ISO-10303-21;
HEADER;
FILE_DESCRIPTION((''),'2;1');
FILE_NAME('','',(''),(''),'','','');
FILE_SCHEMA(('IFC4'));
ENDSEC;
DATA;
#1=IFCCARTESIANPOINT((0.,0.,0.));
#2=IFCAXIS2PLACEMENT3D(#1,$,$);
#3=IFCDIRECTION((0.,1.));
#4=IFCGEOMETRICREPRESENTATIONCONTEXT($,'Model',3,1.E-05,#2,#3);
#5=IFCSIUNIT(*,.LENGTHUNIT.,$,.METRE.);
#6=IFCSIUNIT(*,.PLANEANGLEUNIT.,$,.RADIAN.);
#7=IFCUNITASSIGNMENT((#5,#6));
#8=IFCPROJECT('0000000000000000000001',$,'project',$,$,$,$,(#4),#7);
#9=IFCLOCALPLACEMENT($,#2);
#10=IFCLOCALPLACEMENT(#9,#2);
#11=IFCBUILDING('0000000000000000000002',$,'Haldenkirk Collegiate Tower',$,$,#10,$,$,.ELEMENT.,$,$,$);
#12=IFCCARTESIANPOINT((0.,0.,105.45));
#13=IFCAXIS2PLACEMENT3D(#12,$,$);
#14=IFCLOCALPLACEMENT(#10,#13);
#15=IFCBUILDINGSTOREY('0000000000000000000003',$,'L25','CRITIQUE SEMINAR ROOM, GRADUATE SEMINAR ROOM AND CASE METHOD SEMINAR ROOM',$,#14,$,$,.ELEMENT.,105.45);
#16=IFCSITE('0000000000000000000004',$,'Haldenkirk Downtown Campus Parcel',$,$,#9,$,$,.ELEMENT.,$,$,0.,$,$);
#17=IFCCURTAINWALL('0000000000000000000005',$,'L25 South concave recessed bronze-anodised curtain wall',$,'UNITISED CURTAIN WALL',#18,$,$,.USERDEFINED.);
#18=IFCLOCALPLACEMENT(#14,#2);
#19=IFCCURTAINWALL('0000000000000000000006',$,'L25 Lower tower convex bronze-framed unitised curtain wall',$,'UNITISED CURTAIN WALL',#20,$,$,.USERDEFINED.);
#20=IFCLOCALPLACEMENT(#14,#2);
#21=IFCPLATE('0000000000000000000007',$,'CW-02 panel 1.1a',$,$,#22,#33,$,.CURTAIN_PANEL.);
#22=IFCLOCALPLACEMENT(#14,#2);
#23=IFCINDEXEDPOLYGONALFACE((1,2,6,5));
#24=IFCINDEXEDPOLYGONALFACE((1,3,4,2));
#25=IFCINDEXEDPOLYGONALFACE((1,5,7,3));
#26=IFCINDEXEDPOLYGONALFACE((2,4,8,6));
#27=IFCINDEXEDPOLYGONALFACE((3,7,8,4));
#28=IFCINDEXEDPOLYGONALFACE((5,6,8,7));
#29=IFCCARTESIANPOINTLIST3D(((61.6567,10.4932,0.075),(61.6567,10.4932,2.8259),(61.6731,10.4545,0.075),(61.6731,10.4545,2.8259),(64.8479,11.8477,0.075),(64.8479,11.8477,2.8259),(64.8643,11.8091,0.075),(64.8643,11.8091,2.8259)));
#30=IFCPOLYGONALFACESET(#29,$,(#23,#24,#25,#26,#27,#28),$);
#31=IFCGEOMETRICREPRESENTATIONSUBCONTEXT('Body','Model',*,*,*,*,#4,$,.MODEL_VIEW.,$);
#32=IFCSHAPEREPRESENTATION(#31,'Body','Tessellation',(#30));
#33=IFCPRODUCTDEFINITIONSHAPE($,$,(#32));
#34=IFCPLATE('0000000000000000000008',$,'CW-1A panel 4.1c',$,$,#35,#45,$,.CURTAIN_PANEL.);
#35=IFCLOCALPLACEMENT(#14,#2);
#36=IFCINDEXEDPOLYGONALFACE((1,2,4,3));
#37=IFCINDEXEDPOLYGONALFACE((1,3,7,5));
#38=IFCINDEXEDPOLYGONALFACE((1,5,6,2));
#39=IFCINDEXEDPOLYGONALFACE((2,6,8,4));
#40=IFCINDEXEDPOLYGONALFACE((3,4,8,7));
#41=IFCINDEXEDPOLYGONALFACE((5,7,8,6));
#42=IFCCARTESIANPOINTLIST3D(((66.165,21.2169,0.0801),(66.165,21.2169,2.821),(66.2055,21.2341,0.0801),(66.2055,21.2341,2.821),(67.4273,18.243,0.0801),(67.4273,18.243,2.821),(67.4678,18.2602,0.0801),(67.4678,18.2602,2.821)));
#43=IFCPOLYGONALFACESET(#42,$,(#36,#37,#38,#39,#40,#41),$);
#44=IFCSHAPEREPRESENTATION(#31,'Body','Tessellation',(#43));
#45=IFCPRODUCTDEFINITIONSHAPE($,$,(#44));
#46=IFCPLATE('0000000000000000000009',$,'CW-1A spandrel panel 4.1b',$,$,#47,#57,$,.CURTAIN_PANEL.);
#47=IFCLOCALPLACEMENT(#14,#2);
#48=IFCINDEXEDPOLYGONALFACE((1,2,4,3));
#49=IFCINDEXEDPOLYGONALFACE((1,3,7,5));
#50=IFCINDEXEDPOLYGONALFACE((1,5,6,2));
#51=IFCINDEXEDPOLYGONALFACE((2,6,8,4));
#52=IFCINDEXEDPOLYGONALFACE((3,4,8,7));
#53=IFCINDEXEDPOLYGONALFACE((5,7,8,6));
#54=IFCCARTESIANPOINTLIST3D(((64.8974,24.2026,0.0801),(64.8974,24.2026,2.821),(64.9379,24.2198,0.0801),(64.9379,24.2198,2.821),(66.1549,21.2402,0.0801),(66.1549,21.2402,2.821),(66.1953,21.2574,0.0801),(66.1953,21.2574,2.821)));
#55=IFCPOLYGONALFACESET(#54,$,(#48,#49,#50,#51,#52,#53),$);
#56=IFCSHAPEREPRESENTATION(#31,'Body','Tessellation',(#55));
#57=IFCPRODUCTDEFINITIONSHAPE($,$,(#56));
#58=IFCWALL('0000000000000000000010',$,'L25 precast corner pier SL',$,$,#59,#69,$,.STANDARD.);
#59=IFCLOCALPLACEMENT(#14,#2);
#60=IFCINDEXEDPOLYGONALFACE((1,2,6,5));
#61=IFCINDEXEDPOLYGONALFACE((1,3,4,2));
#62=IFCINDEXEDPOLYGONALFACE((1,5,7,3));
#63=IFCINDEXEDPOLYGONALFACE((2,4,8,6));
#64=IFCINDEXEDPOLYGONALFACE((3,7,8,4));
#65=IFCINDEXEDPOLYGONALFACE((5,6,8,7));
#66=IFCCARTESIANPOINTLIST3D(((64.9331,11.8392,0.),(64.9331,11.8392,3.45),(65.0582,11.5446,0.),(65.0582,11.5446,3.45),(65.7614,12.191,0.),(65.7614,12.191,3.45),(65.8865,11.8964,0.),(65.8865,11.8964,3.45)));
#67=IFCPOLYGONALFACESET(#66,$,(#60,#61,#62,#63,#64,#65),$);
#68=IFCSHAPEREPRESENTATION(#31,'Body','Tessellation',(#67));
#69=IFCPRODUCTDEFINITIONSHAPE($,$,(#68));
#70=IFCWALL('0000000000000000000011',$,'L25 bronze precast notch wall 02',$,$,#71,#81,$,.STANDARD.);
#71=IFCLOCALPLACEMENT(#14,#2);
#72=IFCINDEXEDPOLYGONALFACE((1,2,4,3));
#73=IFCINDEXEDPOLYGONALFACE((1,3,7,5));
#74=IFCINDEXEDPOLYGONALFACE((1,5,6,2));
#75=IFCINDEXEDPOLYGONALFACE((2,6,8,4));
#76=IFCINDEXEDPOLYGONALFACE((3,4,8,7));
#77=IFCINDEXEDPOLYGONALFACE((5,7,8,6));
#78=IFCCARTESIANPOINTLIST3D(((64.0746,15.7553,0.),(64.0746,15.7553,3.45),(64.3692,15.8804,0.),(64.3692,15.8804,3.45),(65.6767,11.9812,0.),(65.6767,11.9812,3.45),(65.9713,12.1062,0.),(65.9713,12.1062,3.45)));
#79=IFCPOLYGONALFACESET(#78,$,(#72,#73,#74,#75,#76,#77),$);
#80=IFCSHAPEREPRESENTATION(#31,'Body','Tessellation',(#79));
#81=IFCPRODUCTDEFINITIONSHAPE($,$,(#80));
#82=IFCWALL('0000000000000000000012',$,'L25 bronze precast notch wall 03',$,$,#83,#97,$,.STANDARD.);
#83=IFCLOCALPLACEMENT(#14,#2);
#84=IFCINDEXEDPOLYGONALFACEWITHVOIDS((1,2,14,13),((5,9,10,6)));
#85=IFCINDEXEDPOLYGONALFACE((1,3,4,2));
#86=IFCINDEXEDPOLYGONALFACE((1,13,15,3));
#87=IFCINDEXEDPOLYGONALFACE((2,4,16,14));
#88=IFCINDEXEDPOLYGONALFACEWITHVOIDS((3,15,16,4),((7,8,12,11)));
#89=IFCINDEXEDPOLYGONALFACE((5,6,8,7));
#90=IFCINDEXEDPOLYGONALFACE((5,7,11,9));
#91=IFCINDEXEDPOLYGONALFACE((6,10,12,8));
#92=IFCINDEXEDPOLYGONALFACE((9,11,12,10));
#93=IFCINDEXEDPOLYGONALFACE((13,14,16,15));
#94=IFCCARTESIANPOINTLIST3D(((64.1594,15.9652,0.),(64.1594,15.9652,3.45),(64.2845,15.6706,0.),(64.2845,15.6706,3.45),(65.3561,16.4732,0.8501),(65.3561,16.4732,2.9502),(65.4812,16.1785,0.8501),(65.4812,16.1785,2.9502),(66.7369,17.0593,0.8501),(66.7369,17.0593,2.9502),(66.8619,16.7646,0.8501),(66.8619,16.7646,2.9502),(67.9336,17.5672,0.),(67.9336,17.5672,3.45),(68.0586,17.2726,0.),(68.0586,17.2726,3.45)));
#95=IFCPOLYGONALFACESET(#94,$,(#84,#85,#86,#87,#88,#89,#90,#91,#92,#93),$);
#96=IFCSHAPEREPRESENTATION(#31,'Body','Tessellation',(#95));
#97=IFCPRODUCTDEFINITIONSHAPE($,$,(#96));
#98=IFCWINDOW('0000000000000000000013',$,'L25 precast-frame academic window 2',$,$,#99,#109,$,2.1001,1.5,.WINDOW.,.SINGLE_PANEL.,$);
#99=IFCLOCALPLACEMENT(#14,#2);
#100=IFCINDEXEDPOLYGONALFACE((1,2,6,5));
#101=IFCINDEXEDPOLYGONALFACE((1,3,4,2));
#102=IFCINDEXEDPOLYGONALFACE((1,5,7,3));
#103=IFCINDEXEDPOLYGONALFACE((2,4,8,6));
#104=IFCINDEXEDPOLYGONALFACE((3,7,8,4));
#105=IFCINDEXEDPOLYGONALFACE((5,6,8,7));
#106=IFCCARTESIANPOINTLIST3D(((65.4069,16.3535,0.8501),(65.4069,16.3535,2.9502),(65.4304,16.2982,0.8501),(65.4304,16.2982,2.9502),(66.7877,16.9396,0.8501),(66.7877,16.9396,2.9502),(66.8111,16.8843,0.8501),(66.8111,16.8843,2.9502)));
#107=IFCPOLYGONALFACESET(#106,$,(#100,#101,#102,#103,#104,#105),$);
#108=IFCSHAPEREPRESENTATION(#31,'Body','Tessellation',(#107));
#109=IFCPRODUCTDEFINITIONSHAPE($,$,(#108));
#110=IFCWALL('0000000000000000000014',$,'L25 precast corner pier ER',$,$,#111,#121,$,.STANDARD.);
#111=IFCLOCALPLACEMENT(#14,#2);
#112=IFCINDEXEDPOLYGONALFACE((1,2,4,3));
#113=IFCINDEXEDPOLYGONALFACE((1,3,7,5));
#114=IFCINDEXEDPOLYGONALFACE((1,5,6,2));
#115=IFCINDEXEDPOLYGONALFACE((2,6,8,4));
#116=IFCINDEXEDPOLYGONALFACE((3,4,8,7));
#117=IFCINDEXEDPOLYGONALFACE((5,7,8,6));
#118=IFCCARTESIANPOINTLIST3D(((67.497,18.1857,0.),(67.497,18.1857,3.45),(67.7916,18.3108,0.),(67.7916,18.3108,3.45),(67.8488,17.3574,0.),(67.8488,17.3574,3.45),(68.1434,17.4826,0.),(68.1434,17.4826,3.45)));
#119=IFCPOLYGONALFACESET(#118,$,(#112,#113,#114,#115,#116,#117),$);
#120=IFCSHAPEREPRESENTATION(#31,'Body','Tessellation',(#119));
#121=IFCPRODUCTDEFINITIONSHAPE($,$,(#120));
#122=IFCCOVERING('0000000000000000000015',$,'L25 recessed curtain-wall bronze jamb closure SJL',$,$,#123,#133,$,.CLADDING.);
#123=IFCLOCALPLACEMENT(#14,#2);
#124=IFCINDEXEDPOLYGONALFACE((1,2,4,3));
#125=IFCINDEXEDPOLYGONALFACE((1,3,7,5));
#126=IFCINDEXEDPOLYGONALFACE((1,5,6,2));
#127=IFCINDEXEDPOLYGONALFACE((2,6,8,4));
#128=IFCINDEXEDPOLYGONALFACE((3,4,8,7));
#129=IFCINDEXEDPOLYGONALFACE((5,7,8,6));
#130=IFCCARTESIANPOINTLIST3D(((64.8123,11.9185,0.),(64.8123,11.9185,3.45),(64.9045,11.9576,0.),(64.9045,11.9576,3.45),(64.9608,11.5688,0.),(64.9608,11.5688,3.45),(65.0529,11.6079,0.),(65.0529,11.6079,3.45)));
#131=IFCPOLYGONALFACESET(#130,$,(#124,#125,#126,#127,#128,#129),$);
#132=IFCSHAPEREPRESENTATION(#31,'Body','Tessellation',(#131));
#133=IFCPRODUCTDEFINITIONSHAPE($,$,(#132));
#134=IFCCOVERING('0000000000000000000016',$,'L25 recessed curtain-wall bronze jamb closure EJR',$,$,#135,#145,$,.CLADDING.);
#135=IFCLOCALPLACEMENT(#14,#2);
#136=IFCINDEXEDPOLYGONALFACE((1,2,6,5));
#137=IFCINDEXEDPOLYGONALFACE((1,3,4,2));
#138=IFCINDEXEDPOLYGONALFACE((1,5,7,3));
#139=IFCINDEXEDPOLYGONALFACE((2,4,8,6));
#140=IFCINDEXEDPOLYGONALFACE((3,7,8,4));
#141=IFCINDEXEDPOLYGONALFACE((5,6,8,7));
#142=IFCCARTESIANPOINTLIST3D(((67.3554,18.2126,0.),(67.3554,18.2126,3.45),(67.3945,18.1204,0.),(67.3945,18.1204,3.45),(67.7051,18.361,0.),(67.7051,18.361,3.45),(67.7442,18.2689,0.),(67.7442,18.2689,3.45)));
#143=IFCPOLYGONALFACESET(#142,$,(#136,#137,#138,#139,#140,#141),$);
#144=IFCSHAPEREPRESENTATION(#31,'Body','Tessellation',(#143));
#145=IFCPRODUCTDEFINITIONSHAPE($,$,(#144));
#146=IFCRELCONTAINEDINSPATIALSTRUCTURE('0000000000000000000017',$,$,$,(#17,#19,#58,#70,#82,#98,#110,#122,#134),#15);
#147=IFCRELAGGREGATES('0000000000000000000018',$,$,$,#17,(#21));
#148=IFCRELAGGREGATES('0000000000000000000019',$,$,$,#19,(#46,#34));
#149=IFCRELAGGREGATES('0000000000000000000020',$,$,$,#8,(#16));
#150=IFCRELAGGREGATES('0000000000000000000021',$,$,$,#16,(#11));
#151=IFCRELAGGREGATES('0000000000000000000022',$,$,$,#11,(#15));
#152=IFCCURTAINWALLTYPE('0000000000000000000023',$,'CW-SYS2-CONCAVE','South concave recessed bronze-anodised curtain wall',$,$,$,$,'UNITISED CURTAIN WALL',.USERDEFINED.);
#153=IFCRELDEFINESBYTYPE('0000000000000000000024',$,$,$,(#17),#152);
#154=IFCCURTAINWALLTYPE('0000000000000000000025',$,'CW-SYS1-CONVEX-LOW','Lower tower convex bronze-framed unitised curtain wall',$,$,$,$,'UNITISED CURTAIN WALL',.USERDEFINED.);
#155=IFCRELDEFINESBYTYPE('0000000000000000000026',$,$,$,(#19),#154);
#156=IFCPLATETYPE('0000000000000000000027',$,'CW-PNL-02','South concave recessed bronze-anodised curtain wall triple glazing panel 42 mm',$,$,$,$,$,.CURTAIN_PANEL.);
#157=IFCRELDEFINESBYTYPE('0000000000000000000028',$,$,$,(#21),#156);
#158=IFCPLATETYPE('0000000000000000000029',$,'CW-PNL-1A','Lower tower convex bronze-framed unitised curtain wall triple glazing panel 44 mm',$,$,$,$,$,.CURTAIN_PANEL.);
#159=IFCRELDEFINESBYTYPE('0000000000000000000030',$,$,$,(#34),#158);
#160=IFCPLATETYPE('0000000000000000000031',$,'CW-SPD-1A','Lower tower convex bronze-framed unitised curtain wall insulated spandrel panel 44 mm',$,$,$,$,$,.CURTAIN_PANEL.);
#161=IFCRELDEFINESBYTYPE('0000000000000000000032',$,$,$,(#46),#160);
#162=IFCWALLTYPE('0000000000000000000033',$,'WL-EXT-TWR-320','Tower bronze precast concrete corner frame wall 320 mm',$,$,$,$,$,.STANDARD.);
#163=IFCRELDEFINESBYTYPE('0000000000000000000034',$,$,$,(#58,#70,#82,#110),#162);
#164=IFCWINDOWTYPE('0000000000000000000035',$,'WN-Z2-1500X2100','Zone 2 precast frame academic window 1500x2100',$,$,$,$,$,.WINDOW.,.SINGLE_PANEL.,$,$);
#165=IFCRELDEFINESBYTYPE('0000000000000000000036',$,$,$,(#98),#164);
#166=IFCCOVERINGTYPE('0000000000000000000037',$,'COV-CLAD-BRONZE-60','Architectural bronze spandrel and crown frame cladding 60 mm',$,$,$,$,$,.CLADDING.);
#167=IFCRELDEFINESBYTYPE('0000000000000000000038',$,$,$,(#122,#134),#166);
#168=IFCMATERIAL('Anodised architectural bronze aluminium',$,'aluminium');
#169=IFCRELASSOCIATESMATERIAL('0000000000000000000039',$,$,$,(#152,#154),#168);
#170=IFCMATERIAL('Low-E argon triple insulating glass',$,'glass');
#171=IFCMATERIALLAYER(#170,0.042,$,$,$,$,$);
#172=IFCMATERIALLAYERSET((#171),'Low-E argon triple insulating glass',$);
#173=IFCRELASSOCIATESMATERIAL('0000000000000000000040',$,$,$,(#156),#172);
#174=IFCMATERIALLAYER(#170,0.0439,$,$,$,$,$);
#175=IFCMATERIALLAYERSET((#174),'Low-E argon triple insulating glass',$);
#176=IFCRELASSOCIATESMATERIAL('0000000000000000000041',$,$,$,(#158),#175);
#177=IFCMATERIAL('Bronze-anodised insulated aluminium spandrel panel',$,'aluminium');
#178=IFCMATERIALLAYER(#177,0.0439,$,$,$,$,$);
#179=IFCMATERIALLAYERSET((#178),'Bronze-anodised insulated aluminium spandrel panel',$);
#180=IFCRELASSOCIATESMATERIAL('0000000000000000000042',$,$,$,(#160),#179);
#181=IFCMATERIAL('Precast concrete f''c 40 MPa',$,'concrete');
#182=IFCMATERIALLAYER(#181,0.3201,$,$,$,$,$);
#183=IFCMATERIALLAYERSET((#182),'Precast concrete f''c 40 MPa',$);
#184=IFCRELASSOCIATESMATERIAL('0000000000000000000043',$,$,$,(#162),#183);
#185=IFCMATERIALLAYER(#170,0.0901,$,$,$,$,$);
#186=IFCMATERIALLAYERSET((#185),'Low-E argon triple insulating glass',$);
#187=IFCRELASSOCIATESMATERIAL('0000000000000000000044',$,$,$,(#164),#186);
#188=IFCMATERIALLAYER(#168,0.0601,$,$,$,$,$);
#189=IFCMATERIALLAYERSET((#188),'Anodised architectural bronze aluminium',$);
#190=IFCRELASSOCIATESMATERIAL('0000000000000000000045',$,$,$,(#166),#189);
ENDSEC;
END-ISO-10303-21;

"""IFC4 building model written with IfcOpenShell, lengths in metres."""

from ifc_helpers import new_model, si_unit, direction, frame, frame_2d, origin, origin_2d, place, context, subcontext, project, spatial, rectangle, extrude, source, transform, mapped, material, layer, layer_set, type_object, element, fill, aggregate, save


model = new_model("IFC4")

# Units and contexts
model_context = context("Model", 3, precision=1e-05, world=origin(), true_north=direction((0.0, 1.0)))
body_context = subcontext(model_context, "Body", "Model", "MODEL_VIEW")
ifc_project = project(units=[si_unit("LENGTHUNIT", "METRE"), si_unit("PLANEANGLEUNIT", "RADIAN")], contexts=[model_context])

# Site, building, storey
site_placement = place(None, origin())
site = spatial("IfcSite", under=ifc_project, at=site_placement, Name="Haldenkirk Downtown Campus Parcel", CompositionType="ELEMENT", RefElevation=0.0)
building_placement = place(site_placement, origin())
building = spatial("IfcBuilding", under=site, at=building_placement, Name="Haldenkirk Collegiate Tower", CompositionType="ELEMENT")
storey_placement = place(building_placement, frame((0.0, 0.0, 105.45)))
storey = spatial("IfcBuildingStorey", under=building, at=storey_placement, Name="L25", Description="CRITIQUE SEMINAR ROOM, GRADUATE SEMINAR ROOM AND CASE METHOD SEMINAR ROOM", CompositionType="ELEMENT", Elevation=105.45)

# Curtain walls
ifc_material_1 = material(Name="Anodised architectural bronze aluminium", Category="aluminium")
curtain_wall_type_1 = type_object("IfcCurtainWallType", Name="CW-SYS2-CONCAVE", Description="South concave recessed bronze-anodised curtain wall", ElementType="UNITISED CURTAIN WALL", PredefinedType="USERDEFINED", material=ifc_material_1)
curtain_wall_1_placement = place(storey_placement, origin())
curtain_wall_1 = element("IfcCurtainWall", 1, at=curtain_wall_1_placement, inside=storey, type_object=curtain_wall_type_1, Name="L25 South concave recessed bronze-anodised curtain wall", ObjectType="UNITISED CURTAIN WALL", PredefinedType="USERDEFINED")
curtain_wall_type_2 = type_object("IfcCurtainWallType", Name="CW-SYS1-CONVEX-LOW", Description="Lower tower convex bronze-framed unitised curtain wall", ElementType="UNITISED CURTAIN WALL", PredefinedType="USERDEFINED", material=ifc_material_1)
curtain_wall_2_placement = place(storey_placement, origin())
curtain_wall_2 = element("IfcCurtainWall", 2, at=curtain_wall_2_placement, inside=storey, type_object=curtain_wall_type_2, Name="L25 Lower tower convex bronze-framed unitised curtain wall", ObjectType="UNITISED CURTAIN WALL", PredefinedType="USERDEFINED")

# Plates
ifc_material_2 = material(Name="Low-E argon triple insulating glass", Category="glass")
ifc_layer_1 = layer(ifc_material_2, 0.042)
ifc_layer_set_1 = layer_set([ifc_layer_1], Name="Low-E argon triple insulating glass")
plate_type_1 = type_object("IfcPlateType", Name="CW-PNL-02", Description="South concave recessed bronze-anodised curtain wall triple glazing panel 42 mm", PredefinedType="CURTAIN_PANEL", material=ifc_layer_set_1)
shared_shape_1 = source(origin(), body_context, "Body", "SweptSolid", [
    extrude(rectangle(XDim=3.4668, YDim=0.042, at=origin_2d()), origin(), (0.0, 0.0, 1.0), 2.751),
])
plate_1_placement = place(storey_placement, frame((63.2605, 11.1511, 0.075), z_axis=(0.0, 0.0, 1.0), x_axis=(-0.920505, -0.390731, 0.0)))
plate_1 = element("IfcPlate", 3, at=plate_1_placement, type_object=plate_type_1, Name="CW-02 panel 1.1a", PredefinedType="CURTAIN_PANEL", context=body_context, shape_type="MappedRepresentation", body=[
    mapped(shared_shape_1, transform((0.0, 0.0, 0.0), x_axis=(1.0, 0.0, 0.0), y_axis=(0.0, 1.0, 0.0), z_axis=(0.0, 0.0, 1.0), scale=1.0)),
])
aggregate(curtain_wall_1, [plate_1])
ifc_layer_2 = layer(ifc_material_2, 0.0439)
ifc_layer_set_2 = layer_set([ifc_layer_2], Name="Low-E argon triple insulating glass")
plate_type_2 = type_object("IfcPlateType", Name="CW-PNL-1A", Description="Lower tower convex bronze-framed unitised curtain wall triple glazing panel 44 mm", PredefinedType="CURTAIN_PANEL", material=ifc_layer_set_2)
shared_shape_2 = source(origin(), body_context, "Body", "SweptSolid", [
    extrude(rectangle(XDim=3.2307, YDim=0.0439, at=origin_2d()), origin(), (0.0, 0.0, 1.0), 2.741),
])
plate_2_placement = place(storey_placement, frame((66.8164, 19.7385, 0.0801), z_axis=(0.0, 0.0, 1.0), x_axis=(0.39073, -0.920505, 0.0)))
plate_2 = element("IfcPlate", 4, at=plate_2_placement, type_object=plate_type_2, Name="CW-1A panel 4.1c", PredefinedType="CURTAIN_PANEL", context=body_context, shape_type="MappedRepresentation", body=[
    mapped(shared_shape_2, transform((0.0, 0.0, 0.0), x_axis=(1.0, 0.0, 0.0), y_axis=(0.0, 1.0, 0.0), z_axis=(0.0, 0.0, 1.0), scale=1.0)),
])
ifc_material_3 = material(Name="Bronze-anodised insulated aluminium spandrel panel", Category="aluminium")
ifc_layer_3 = layer(ifc_material_3, 0.0439)
ifc_layer_set_3 = layer_set([ifc_layer_3], Name="Bronze-anodised insulated aluminium spandrel panel")
plate_type_3 = type_object("IfcPlateType", Name="CW-SPD-1A", Description="Lower tower convex bronze-framed unitised curtain wall insulated spandrel panel 44 mm", PredefinedType="CURTAIN_PANEL", material=ifc_layer_set_3)
shared_shape_3 = source(origin(), body_context, "Body", "SweptSolid", [
    extrude(rectangle(XDim=3.2183, YDim=0.0439, at=origin_2d()), origin(), (0.0, 0.0, 1.0), 2.741),
])
plate_3_placement = place(storey_placement, frame((65.5464, 22.73, 0.0801), z_axis=(0.0, 0.0, 1.0), x_axis=(0.39073, -0.920505, 0.0)))
plate_3 = element("IfcPlate", 5, at=plate_3_placement, type_object=plate_type_3, Name="CW-1A spandrel panel 4.1b", PredefinedType="CURTAIN_PANEL", context=body_context, shape_type="MappedRepresentation", body=[
    mapped(shared_shape_3, transform((0.0, 0.0, 0.0), x_axis=(1.0, 0.0, 0.0), y_axis=(0.0, 1.0, 0.0), z_axis=(0.0, 0.0, 1.0), scale=1.0)),
])
aggregate(curtain_wall_2, [plate_3, plate_2])

# Walls
ifc_material_4 = material(Name="Precast concrete f'c 40 MPa", Category="concrete")
ifc_layer_4 = layer(ifc_material_4, 0.3201)
ifc_layer_set_4 = layer_set([ifc_layer_4], Name="Precast concrete f'c 40 MPa")
wall_type = type_object("IfcWallType", Name="WL-EXT-TWR-320", Description="Tower bronze precast concrete corner frame wall 320 mm", PredefinedType="STANDARD", material=ifc_layer_set_4)
wall_1_placement = place(storey_placement, frame((65.824, 12.0437, 0.0), z_axis=(0.0, 0.0, 1.0), x_axis=(-0.920431, -0.390905, 0.0)))
element("IfcWall", 6, at=wall_1_placement, inside=storey, type_object=wall_type, Name="L25 precast corner pier SL", PredefinedType="STANDARD", context=body_context, shape_type="SweptSolid", body=[
    extrude(rectangle(XDim=0.8999, YDim=0.3201, at=frame_2d((0.45, 0.0))), origin(), (0.0, 0.0, 1.0), 3.45),
])
wall_2_placement = place(storey_placement, frame((64.2219, 15.8179, 0.0), z_axis=(0.0, 0.0, 1.0), x_axis=(0.390733, -0.920504, 0.0)))
element("IfcWall", 7, at=wall_2_placement, inside=storey, type_object=wall_type, Name="L25 bronze precast notch wall 02", PredefinedType="STANDARD", context=body_context, shape_type="SweptSolid", body=[
    extrude(rectangle(XDim=4.1001, YDim=0.3201, at=frame_2d((2.05, 0.0))), origin(), (0.0, 0.0, 1.0), 3.45),
])

# Wall, opening, window
wall_3_placement = place(storey_placement, frame((67.9961, 17.4199, 0.0), z_axis=(0.0, 0.0, 1.0), x_axis=(-0.920504, -0.390733, 0.0)))
wall_3 = element("IfcWall", 8, at=wall_3_placement, inside=storey, type_object=wall_type, Name="L25 bronze precast notch wall 03", PredefinedType="STANDARD", context=body_context, shape_type="SweptSolid", body=[
    extrude(rectangle(XDim=4.1001, YDim=0.3201, at=frame_2d((2.05, 0.0))), origin(), (0.0, 0.0, 1.0), 3.45),
])
opening_placement = place(wall_3_placement, frame((1.3, 0.0, 0.8501)))
opening = element("IfcOpeningElement", 9, at=opening_placement, cuts=wall_3, PredefinedType="OPENING", context=body_context, shape_type="SweptSolid", body=[
    extrude(rectangle(XDim=1.5, YDim=2.1001, at=frame_2d((0.75, 1.05))), frame((0.0, 0.1699, 0.0), z_axis=(0.0, -1.0, 0.0), x_axis=(1.0, 0.0, 0.0)), (0.0, 0.0, 1.0), 0.3401),
])
ifc_layer_5 = layer(ifc_material_2, 0.0901)
ifc_layer_set_5 = layer_set([ifc_layer_5], Name="Low-E argon triple insulating glass")
window_type = type_object("IfcWindowType", Name="WN-Z2-1500X2100", Description="Zone 2 precast frame academic window 1500x2100", PartitioningType="SINGLE_PANEL", PredefinedType="WINDOW", material=ifc_layer_set_5)
window_placement = place(opening_placement, origin())
window = element("IfcWindow", 10, at=window_placement, inside=storey, type_object=window_type, Name="L25 precast-frame academic window 2", OverallHeight=2.1001, OverallWidth=1.5, PartitioningType="SINGLE_PANEL", PredefinedType="WINDOW", context=body_context, shape_type="SweptSolid", body=[
    extrude(rectangle(XDim=1.5, YDim=2.1001, at=frame_2d((0.75, 1.05))), frame((0.0, 0.03, 0.0), z_axis=(0.0, -1.0, 0.0), x_axis=(1.0, 0.0, 0.0)), (0.0, 0.0, 1.0), 0.0601),
])
fill(opening, window)

# Wall
wall_4_placement = place(storey_placement, frame((67.6443, 18.2483, 0.0), z_axis=(0.0, 0.0, 1.0), x_axis=(0.390905, -0.920431, 0.0)))
element("IfcWall", 11, at=wall_4_placement, inside=storey, type_object=wall_type, Name="L25 precast corner pier ER", PredefinedType="STANDARD", context=body_context, shape_type="SweptSolid", body=[
    extrude(rectangle(XDim=0.8999, YDim=0.3201, at=frame_2d((0.45, 0.0))), origin(), (0.0, 0.0, 1.0), 3.45),
])

# Coverings
ifc_layer_6 = layer(ifc_material_1, 0.0601)
ifc_layer_set_6 = layer_set([ifc_layer_6], Name="Anodised architectural bronze aluminium")
covering_type = type_object("IfcCoveringType", Name="COV-CLAD-BRONZE-60", Description="Architectural bronze spandrel and crown frame cladding 60 mm", PredefinedType="CLADDING", material=ifc_layer_set_6)
shared_shape_4 = source(origin(), body_context, "Body", "SweptSolid", [
    extrude(rectangle(XDim=0.1001, YDim=0.3799, at=origin_2d()), origin(), (0.0, 0.0, 1.0), 3.45),
])
for number, where, z_axis, x_axis, name in (
    (12, (64.9326, 11.7632, 0.0), (0.0, 0.0, 1.0), (-0.920505, -0.390731, 0.0), "L25 recessed curtain-wall bronze jamb closure SJL"),
    (13, (67.5498, 18.2407, 0.0), (0.0, 0.0, 1.0), (0.390731, -0.920505, 0.0), "L25 recessed curtain-wall bronze jamb closure EJR"),
):
    element("IfcCovering", number, at=place(storey_placement, frame(where, z_axis=z_axis, x_axis=x_axis)), inside=storey, type_object=covering_type, Name=name, PredefinedType="CLADDING", context=body_context, shape_type="MappedRepresentation", body=[
        mapped(shared_shape_4, transform((0.0, 0.0, 0.0), x_axis=(1.0, 0.0, 0.0), y_axis=(0.0, 1.0, 0.0), z_axis=(0.0, 0.0, 1.0), scale=1.0)),
    ])

save(model, "model.ifc")
